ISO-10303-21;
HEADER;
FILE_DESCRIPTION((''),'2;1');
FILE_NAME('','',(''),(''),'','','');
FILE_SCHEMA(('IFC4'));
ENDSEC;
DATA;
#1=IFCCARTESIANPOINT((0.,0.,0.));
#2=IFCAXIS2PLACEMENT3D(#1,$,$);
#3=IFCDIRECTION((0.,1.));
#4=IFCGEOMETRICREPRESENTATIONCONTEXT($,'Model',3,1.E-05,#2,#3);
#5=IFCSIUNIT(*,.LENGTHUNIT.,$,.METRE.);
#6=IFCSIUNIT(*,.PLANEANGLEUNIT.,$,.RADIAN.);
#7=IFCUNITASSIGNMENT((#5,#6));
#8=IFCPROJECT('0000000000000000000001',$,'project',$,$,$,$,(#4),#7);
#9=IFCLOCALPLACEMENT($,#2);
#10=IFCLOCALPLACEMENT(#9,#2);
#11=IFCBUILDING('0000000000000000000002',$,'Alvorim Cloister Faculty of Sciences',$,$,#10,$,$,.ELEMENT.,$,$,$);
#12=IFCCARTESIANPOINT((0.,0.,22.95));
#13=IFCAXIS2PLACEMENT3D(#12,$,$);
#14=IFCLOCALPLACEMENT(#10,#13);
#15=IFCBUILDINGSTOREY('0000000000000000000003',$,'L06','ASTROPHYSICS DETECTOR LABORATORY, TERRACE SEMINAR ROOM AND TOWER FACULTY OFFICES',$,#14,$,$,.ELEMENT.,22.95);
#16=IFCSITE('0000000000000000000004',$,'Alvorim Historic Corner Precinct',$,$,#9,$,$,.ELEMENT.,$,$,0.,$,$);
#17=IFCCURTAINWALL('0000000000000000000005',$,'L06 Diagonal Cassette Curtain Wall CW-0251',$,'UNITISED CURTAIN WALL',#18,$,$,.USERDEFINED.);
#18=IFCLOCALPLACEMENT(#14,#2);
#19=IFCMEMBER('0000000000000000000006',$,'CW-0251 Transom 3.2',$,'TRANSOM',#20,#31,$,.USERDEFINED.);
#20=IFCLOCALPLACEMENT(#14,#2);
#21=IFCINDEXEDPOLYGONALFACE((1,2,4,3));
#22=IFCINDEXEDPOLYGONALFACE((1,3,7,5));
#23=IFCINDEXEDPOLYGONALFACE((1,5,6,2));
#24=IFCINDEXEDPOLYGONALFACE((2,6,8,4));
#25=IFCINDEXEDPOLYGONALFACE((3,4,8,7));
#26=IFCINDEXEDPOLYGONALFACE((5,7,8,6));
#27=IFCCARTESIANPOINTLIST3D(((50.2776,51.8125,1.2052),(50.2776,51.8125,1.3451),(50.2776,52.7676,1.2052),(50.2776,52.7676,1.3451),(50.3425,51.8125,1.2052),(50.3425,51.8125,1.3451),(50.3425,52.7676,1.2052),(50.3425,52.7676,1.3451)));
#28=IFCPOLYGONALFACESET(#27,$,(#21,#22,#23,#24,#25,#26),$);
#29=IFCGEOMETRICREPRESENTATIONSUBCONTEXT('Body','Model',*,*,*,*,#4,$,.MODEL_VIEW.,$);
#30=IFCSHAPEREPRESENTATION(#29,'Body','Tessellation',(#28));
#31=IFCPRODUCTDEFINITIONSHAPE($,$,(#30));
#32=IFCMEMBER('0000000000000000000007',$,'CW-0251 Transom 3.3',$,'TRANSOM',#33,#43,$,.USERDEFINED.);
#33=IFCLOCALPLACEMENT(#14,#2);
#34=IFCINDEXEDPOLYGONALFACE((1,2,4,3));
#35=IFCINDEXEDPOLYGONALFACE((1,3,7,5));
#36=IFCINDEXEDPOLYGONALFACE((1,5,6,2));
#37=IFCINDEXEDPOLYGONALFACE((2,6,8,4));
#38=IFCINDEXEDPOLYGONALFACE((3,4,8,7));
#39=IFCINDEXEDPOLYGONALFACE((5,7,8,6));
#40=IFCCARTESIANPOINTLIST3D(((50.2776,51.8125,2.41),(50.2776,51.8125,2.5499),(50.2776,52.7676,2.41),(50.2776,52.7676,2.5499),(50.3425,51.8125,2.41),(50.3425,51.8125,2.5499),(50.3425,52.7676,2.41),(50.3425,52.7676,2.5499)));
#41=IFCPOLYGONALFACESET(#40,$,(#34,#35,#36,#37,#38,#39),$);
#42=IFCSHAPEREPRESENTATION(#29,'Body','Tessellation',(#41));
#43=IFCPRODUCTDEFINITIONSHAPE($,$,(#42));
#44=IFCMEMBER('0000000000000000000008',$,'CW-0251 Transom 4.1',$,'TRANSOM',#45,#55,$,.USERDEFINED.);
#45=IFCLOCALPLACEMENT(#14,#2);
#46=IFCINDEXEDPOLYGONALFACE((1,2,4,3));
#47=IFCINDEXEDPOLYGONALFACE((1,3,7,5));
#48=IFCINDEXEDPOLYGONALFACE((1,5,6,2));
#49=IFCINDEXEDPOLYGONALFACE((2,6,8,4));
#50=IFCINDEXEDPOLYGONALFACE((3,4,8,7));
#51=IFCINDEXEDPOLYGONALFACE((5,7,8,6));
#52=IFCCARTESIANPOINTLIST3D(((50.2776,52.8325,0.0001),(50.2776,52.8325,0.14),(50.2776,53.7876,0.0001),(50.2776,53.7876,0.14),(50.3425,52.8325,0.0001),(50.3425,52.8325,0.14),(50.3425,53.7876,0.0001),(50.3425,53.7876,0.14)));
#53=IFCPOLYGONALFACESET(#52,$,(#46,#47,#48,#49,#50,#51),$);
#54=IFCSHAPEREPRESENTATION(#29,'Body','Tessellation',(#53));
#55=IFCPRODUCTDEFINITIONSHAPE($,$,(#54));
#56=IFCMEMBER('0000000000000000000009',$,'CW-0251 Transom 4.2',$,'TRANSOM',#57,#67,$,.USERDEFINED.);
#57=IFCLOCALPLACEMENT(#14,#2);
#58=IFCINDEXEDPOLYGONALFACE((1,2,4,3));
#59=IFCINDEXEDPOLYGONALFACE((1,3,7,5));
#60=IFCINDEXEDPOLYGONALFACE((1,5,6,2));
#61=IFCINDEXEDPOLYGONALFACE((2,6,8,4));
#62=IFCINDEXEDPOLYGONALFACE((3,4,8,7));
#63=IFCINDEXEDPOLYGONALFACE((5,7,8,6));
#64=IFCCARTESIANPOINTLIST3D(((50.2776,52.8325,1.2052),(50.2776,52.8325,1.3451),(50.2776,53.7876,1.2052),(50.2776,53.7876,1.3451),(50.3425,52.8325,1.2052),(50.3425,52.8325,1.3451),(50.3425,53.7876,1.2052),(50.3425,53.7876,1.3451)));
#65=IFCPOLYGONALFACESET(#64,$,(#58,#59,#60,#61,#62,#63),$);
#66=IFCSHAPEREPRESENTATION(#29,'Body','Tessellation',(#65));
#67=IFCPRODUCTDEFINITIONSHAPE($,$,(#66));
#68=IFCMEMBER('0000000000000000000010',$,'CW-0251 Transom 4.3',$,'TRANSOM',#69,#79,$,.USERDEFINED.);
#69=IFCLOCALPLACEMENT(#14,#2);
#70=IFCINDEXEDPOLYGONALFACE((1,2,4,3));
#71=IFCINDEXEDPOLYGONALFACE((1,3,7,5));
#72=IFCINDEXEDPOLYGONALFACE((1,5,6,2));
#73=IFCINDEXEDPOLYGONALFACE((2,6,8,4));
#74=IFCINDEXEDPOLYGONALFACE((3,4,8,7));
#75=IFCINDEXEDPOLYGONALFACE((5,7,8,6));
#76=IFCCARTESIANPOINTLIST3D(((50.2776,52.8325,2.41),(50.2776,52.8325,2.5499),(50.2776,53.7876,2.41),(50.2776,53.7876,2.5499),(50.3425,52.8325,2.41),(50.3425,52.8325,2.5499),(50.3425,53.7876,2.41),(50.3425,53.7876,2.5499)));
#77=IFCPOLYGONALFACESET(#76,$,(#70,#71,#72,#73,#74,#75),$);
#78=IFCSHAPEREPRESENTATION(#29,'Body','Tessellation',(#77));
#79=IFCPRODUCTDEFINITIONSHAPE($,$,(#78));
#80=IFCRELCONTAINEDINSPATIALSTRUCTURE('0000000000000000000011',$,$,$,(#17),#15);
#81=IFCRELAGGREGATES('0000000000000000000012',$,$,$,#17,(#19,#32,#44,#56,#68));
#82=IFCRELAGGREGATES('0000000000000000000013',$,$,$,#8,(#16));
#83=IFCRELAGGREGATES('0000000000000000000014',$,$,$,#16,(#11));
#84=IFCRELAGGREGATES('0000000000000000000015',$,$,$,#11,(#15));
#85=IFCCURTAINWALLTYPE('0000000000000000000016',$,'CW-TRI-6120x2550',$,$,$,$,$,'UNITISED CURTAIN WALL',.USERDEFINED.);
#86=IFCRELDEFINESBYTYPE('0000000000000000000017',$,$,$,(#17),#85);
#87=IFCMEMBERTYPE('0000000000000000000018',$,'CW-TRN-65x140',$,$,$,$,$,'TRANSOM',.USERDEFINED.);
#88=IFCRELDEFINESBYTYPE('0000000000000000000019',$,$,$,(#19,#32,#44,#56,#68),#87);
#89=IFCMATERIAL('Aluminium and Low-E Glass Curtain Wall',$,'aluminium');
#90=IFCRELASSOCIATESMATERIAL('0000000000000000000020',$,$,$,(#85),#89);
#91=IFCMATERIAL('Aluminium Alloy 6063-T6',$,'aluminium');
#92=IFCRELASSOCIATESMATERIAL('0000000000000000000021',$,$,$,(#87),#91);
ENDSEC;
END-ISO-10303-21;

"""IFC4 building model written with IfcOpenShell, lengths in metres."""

from ifc_helpers import new_model, si_unit, direction, frame, origin, origin_2d, place, context, subcontext, project, spatial, rectangle, extrude, material, material_profile, profile_set, type_object, element, aggregate, save


model = new_model("IFC4")

# Units and contexts
model_context = context("Model", 3, precision=1e-05, world=origin(), true_north=direction((0.0, 1.0)))
body_context = subcontext(model_context, "Body", "Model", "MODEL_VIEW")
ifc_project = project(units=[si_unit("LENGTHUNIT", "METRE"), si_unit("PLANEANGLEUNIT", "RADIAN")], contexts=[model_context])

# Site, building, storey
site_placement = place(None, origin())
site = spatial("IfcSite", under=ifc_project, at=site_placement, Name="Alvorim Historic Corner Precinct", CompositionType="ELEMENT", RefElevation=0.0)
building_placement = place(site_placement, origin())
building = spatial("IfcBuilding", under=site, at=building_placement, Name="Alvorim Cloister Faculty of Sciences", CompositionType="ELEMENT")
storey_placement = place(building_placement, frame((0.0, 0.0, 22.95)))
storey = spatial("IfcBuildingStorey", under=building, at=storey_placement, Name="L06", Description="ASTROPHYSICS DETECTOR LABORATORY, TERRACE SEMINAR ROOM AND TOWER FACULTY OFFICES", CompositionType="ELEMENT", Elevation=22.95)

# Curtain wall, members
ifc_material_1 = material(Name="Aluminium and Low-E Glass Curtain Wall", Category="aluminium")
curtain_wall_type = type_object("IfcCurtainWallType", Name="CW-TRI-6120x2550", ElementType="UNITISED CURTAIN WALL", PredefinedType="USERDEFINED", material=ifc_material_1)
curtain_wall_placement = place(storey_placement, origin())
curtain_wall = element("IfcCurtainWall", 1, at=curtain_wall_placement, inside=storey, type_object=curtain_wall_type, Name="L06 Diagonal Cassette Curtain Wall CW-0251", ObjectType="UNITISED CURTAIN WALL", PredefinedType="USERDEFINED")
ifc_material_2 = material(Name="Aluminium Alloy 6063-T6", Category="aluminium")
ifc_material_profile_1 = material_profile(ifc_material_2, rectangle(XDim=0.0649, YDim=0.1399, at=origin_2d()), Name="ALU-TRN-65x140")
ifc_profile_set_1 = profile_set([ifc_material_profile_1], Name="Aluminium Alloy 6063-T6")
member_type_1 = type_object("IfcMemberType", Name="CW-TRN-65x140", ElementType="TRANSOM", PredefinedType="USERDEFINED", material=ifc_profile_set_1)
member_1_placement = place(storey_placement, frame((50.3101, 51.8125, 1.2751), z_axis=(0.0, 1.0, 0.0), x_axis=(-1.0, 0.0, 0.0)))
member_1 = element("IfcMember", 2, at=member_1_placement, type_object=member_type_1, Name="CW-0251 Transom 3.2", ObjectType="TRANSOM", PredefinedType="USERDEFINED", context=body_context, shape_type="SweptSolid", body=[
    extrude(rectangle(XDim=0.0649, YDim=0.1399, at=origin_2d()), origin(), (0.0, 0.0, 1.0), 0.9551),
])
member_2_placement = place(storey_placement, frame((50.3101, 51.8125, 2.48), z_axis=(0.0, 1.0, 0.0), x_axis=(-1.0, 0.0, 0.0)))
member_2 = element("IfcMember", 3, at=member_2_placement, type_object=member_type_1, Name="CW-0251 Transom 3.3", ObjectType="TRANSOM", PredefinedType="USERDEFINED", context=body_context, shape_type="SweptSolid", body=[
    extrude(rectangle(XDim=0.0649, YDim=0.1399, at=origin_2d()), origin(), (0.0, 0.0, 1.0), 0.9551),
])
member_3_placement = place(storey_placement, frame((50.3101, 52.8325, 0.0701), z_axis=(0.0, 1.0, 0.0), x_axis=(-1.0, 0.0, 0.0)))
member_3 = element("IfcMember", 4, at=member_3_placement, type_object=member_type_1, Name="CW-0251 Transom 4.1", ObjectType="TRANSOM", PredefinedType="USERDEFINED", context=body_context, shape_type="SweptSolid", body=[
    extrude(rectangle(XDim=0.0649, YDim=0.1399, at=origin_2d()), origin(), (0.0, 0.0, 1.0), 0.9551),
])
member_4_placement = place(storey_placement, frame((50.3101, 52.8325, 1.2751), z_axis=(0.0, 1.0, 0.0), x_axis=(-1.0, 0.0, 0.0)))
member_4 = element("IfcMember", 5, at=member_4_placement, type_object=member_type_1, Name="CW-0251 Transom 4.2", ObjectType="TRANSOM", PredefinedType="USERDEFINED", context=body_context, shape_type="SweptSolid", body=[
    extrude(rectangle(XDim=0.0649, YDim=0.1399, at=origin_2d()), origin(), (0.0, 0.0, 1.0), 0.9551),
])
member_5_placement = place(storey_placement, frame((50.3101, 52.8325, 2.48), z_axis=(0.0, 1.0, 0.0), x_axis=(-1.0, 0.0, 0.0)))
member_5 = element("IfcMember", 6, at=member_5_placement, type_object=member_type_1, Name="CW-0251 Transom 4.3", ObjectType="TRANSOM", PredefinedType="USERDEFINED", context=body_context, shape_type="SweptSolid", body=[
    extrude(rectangle(XDim=0.0649, YDim=0.1399, at=origin_2d()), origin(), (0.0, 0.0, 1.0), 0.9551),
])
aggregate(curtain_wall, [member_1, member_2, member_3, member_4, member_5])

save(model, "model.ifc")
